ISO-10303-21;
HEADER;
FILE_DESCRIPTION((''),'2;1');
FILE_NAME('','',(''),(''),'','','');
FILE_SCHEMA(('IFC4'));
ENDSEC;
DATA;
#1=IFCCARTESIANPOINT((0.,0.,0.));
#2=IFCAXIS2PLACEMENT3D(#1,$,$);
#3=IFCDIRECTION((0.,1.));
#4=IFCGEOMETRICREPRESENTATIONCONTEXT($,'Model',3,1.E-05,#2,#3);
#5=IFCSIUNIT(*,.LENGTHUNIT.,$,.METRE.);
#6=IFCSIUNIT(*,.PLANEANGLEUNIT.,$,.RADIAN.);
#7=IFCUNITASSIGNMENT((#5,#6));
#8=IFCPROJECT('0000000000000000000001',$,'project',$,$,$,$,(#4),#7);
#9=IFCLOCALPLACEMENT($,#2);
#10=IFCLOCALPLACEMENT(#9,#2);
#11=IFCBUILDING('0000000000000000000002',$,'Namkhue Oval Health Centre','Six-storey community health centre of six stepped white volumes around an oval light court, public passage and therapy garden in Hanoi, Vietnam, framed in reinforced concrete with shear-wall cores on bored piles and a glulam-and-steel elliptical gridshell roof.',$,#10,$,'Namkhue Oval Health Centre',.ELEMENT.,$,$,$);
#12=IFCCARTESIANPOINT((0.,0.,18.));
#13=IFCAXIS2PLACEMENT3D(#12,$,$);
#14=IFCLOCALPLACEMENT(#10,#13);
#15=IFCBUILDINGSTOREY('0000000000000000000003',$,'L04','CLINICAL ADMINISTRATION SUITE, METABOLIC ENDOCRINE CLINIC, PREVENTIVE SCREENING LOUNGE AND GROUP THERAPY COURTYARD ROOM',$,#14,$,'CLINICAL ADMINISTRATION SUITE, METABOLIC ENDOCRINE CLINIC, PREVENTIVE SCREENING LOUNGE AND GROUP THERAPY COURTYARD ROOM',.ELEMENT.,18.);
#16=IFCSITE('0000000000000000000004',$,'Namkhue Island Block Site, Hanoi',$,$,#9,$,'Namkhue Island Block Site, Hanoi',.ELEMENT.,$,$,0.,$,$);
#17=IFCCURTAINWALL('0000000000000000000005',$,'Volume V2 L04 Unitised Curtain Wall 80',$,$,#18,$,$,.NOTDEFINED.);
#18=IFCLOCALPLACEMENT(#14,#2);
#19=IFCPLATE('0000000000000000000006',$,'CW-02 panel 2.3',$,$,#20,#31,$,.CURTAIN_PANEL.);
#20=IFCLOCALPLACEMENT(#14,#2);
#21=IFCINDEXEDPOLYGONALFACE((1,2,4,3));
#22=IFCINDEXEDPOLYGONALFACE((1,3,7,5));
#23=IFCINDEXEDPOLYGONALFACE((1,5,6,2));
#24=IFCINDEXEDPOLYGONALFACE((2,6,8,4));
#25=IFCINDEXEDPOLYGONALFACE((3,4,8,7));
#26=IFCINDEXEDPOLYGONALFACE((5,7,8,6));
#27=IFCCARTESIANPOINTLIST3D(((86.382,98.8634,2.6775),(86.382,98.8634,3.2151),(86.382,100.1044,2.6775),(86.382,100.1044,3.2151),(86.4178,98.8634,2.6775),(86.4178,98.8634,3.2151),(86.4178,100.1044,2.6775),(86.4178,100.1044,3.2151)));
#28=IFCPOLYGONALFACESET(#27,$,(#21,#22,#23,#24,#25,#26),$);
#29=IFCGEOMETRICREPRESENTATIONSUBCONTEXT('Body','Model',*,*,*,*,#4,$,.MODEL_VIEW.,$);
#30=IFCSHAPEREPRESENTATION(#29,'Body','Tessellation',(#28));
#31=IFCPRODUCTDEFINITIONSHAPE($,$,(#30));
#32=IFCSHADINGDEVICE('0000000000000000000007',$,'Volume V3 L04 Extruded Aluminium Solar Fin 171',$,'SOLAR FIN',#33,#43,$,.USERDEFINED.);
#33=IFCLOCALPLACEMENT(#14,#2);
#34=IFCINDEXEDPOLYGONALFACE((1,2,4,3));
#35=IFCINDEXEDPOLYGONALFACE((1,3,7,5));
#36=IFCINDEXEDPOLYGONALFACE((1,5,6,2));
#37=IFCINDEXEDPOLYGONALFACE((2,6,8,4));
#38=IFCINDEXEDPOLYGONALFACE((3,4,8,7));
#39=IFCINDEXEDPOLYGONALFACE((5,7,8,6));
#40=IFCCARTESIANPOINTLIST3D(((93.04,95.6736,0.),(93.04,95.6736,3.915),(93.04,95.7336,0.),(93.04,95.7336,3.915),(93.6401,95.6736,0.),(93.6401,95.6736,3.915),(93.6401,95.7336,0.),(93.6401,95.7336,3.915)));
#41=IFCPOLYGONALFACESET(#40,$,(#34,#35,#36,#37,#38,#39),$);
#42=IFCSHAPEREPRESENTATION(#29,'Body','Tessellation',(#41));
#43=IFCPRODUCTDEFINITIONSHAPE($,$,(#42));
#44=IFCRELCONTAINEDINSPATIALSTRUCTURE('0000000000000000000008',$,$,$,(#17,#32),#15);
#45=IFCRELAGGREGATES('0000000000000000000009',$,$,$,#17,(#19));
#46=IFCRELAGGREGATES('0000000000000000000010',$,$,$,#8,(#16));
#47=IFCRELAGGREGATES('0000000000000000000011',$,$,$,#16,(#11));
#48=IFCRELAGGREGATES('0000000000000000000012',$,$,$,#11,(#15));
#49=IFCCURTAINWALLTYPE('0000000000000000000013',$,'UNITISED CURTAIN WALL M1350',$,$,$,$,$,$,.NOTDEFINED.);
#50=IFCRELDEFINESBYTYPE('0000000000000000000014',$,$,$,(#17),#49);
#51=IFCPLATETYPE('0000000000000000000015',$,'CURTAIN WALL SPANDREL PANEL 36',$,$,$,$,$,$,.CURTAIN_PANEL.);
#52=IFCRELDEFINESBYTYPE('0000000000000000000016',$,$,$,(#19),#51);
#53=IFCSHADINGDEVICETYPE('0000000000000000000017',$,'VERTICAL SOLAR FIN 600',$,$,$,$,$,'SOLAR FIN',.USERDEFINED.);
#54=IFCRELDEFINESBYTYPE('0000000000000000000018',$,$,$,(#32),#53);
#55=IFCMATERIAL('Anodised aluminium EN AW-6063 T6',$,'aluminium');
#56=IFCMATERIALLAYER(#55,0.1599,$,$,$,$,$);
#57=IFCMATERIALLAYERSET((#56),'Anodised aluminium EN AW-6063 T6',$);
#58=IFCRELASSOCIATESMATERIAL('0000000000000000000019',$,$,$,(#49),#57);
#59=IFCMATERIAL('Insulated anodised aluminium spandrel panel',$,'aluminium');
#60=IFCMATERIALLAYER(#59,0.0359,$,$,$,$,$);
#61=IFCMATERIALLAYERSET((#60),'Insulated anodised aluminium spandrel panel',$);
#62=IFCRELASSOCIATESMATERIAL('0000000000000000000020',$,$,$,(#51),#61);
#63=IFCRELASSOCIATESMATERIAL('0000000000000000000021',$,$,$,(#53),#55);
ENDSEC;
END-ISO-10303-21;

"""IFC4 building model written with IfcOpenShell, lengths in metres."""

from ifc_helpers import new_model, si_unit, direction, frame, origin, origin_2d, place, context, subcontext, project, spatial, rectangle, extrude, material, layer, layer_set, type_object, element, aggregate, save


model = new_model("IFC4")

# Units and contexts
model_context = context("Model", 3, precision=1e-05, world=origin(), true_north=direction((0.0, 1.0)))
body_context = subcontext(model_context, "Body", "Model", "MODEL_VIEW")
ifc_project = project(units=[si_unit("LENGTHUNIT", "METRE"), si_unit("PLANEANGLEUNIT", "RADIAN")], contexts=[model_context])

# Site, building, storey
site_placement = place(None, origin())
site = spatial("IfcSite", under=ifc_project, at=site_placement, Name="Namkhue Island Block Site, Hanoi", LongName="Namkhue Island Block Site, Hanoi", CompositionType="ELEMENT", RefElevation=0.0)
building_placement = place(site_placement, origin())
building = spatial("IfcBuilding", under=site, at=building_placement, Name="Namkhue Oval Health Centre", Description="Six-storey community health centre of six stepped white volumes around an oval light court, public passage and therapy garden in Hanoi, Vietnam, framed in reinforced concrete with shear-wall cores on bored piles and a glulam-and-steel elliptical gridshell roof.", LongName="Namkhue Oval Health Centre", CompositionType="ELEMENT")
storey_placement = place(building_placement, frame((0.0, 0.0, 18.0)))
storey = spatial("IfcBuildingStorey", under=building, at=storey_placement, Name="L04", Description="CLINICAL ADMINISTRATION SUITE, METABOLIC ENDOCRINE CLINIC, PREVENTIVE SCREENING LOUNGE AND GROUP THERAPY COURTYARD ROOM", LongName="CLINICAL ADMINISTRATION SUITE, METABOLIC ENDOCRINE CLINIC, PREVENTIVE SCREENING LOUNGE AND GROUP THERAPY COURTYARD ROOM", CompositionType="ELEMENT", Elevation=18.0)

# Shared definitions
ifc_material_1 = material(Name="Anodised aluminium EN AW-6063 T6", Category="aluminium")

# Curtain wall
ifc_layer_1 = layer(ifc_material_1, 0.1599)
ifc_layer_set_1 = layer_set([ifc_layer_1], Name="Anodised aluminium EN AW-6063 T6")
curtain_wall_type_1 = type_object("IfcCurtainWallType", Name="UNITISED CURTAIN WALL M1350", PredefinedType="NOTDEFINED", material=ifc_layer_set_1)
curtain_wall_1_placement = place(storey_placement, origin())
curtain_wall_1 = element("IfcCurtainWall", 1, at=curtain_wall_1_placement, inside=storey, type_object=curtain_wall_type_1, Name="Volume V2 L04 Unitised Curtain Wall 80", PredefinedType="NOTDEFINED")

# Plate
ifc_material_2 = material(Name="Insulated anodised aluminium spandrel panel", Category="aluminium")
ifc_layer_2 = layer(ifc_material_2, 0.0359)
ifc_layer_set_2 = layer_set([ifc_layer_2], Name="Insulated anodised aluminium spandrel panel")
plate_type_1 = type_object("IfcPlateType", Name="CURTAIN WALL SPANDREL PANEL 36", PredefinedType="CURTAIN_PANEL", material=ifc_layer_set_2)
plate_1_placement = place(storey_placement, frame((86.3999, 99.4839, 2.6775), z_axis=(0.0, 0.0, 1.0), x_axis=(0.0, 1.0, 0.0)))
plate_1 = element("IfcPlate", 2, at=plate_1_placement, type_object=plate_type_1, Name="CW-02 panel 2.3", PredefinedType="CURTAIN_PANEL", context=body_context, shape_type="SweptSolid", body=[
    extrude(rectangle(XDim=1.241, YDim=0.0359, at=origin_2d()), origin(), (0.0, 0.0, 1.0), 0.5376),
])
aggregate(curtain_wall_1, [plate_1])

# Shading device
shading_device_type = type_object("IfcShadingDeviceType", Name="VERTICAL SOLAR FIN 600", ElementType="SOLAR FIN", PredefinedType="USERDEFINED", material=ifc_material_1)
shading_device_placement = place(storey_placement, frame((93.3401, 95.7036, 0.0), z_axis=(0.0, 0.0, 1.0), x_axis=(-1.0, 0.0, 0.0)))
element("IfcShadingDevice", 3, at=shading_device_placement, inside=storey, type_object=shading_device_type, Name="Volume V3 L04 Extruded Aluminium Solar Fin 171", ObjectType="SOLAR FIN", PredefinedType="USERDEFINED", context=body_context, shape_type="SweptSolid", body=[
    extrude(rectangle(XDim=0.6001, YDim=0.0601, at=origin_2d()), origin(), (0.0, 0.0, 1.0), 3.915),
])

save(model, "model.ifc")
